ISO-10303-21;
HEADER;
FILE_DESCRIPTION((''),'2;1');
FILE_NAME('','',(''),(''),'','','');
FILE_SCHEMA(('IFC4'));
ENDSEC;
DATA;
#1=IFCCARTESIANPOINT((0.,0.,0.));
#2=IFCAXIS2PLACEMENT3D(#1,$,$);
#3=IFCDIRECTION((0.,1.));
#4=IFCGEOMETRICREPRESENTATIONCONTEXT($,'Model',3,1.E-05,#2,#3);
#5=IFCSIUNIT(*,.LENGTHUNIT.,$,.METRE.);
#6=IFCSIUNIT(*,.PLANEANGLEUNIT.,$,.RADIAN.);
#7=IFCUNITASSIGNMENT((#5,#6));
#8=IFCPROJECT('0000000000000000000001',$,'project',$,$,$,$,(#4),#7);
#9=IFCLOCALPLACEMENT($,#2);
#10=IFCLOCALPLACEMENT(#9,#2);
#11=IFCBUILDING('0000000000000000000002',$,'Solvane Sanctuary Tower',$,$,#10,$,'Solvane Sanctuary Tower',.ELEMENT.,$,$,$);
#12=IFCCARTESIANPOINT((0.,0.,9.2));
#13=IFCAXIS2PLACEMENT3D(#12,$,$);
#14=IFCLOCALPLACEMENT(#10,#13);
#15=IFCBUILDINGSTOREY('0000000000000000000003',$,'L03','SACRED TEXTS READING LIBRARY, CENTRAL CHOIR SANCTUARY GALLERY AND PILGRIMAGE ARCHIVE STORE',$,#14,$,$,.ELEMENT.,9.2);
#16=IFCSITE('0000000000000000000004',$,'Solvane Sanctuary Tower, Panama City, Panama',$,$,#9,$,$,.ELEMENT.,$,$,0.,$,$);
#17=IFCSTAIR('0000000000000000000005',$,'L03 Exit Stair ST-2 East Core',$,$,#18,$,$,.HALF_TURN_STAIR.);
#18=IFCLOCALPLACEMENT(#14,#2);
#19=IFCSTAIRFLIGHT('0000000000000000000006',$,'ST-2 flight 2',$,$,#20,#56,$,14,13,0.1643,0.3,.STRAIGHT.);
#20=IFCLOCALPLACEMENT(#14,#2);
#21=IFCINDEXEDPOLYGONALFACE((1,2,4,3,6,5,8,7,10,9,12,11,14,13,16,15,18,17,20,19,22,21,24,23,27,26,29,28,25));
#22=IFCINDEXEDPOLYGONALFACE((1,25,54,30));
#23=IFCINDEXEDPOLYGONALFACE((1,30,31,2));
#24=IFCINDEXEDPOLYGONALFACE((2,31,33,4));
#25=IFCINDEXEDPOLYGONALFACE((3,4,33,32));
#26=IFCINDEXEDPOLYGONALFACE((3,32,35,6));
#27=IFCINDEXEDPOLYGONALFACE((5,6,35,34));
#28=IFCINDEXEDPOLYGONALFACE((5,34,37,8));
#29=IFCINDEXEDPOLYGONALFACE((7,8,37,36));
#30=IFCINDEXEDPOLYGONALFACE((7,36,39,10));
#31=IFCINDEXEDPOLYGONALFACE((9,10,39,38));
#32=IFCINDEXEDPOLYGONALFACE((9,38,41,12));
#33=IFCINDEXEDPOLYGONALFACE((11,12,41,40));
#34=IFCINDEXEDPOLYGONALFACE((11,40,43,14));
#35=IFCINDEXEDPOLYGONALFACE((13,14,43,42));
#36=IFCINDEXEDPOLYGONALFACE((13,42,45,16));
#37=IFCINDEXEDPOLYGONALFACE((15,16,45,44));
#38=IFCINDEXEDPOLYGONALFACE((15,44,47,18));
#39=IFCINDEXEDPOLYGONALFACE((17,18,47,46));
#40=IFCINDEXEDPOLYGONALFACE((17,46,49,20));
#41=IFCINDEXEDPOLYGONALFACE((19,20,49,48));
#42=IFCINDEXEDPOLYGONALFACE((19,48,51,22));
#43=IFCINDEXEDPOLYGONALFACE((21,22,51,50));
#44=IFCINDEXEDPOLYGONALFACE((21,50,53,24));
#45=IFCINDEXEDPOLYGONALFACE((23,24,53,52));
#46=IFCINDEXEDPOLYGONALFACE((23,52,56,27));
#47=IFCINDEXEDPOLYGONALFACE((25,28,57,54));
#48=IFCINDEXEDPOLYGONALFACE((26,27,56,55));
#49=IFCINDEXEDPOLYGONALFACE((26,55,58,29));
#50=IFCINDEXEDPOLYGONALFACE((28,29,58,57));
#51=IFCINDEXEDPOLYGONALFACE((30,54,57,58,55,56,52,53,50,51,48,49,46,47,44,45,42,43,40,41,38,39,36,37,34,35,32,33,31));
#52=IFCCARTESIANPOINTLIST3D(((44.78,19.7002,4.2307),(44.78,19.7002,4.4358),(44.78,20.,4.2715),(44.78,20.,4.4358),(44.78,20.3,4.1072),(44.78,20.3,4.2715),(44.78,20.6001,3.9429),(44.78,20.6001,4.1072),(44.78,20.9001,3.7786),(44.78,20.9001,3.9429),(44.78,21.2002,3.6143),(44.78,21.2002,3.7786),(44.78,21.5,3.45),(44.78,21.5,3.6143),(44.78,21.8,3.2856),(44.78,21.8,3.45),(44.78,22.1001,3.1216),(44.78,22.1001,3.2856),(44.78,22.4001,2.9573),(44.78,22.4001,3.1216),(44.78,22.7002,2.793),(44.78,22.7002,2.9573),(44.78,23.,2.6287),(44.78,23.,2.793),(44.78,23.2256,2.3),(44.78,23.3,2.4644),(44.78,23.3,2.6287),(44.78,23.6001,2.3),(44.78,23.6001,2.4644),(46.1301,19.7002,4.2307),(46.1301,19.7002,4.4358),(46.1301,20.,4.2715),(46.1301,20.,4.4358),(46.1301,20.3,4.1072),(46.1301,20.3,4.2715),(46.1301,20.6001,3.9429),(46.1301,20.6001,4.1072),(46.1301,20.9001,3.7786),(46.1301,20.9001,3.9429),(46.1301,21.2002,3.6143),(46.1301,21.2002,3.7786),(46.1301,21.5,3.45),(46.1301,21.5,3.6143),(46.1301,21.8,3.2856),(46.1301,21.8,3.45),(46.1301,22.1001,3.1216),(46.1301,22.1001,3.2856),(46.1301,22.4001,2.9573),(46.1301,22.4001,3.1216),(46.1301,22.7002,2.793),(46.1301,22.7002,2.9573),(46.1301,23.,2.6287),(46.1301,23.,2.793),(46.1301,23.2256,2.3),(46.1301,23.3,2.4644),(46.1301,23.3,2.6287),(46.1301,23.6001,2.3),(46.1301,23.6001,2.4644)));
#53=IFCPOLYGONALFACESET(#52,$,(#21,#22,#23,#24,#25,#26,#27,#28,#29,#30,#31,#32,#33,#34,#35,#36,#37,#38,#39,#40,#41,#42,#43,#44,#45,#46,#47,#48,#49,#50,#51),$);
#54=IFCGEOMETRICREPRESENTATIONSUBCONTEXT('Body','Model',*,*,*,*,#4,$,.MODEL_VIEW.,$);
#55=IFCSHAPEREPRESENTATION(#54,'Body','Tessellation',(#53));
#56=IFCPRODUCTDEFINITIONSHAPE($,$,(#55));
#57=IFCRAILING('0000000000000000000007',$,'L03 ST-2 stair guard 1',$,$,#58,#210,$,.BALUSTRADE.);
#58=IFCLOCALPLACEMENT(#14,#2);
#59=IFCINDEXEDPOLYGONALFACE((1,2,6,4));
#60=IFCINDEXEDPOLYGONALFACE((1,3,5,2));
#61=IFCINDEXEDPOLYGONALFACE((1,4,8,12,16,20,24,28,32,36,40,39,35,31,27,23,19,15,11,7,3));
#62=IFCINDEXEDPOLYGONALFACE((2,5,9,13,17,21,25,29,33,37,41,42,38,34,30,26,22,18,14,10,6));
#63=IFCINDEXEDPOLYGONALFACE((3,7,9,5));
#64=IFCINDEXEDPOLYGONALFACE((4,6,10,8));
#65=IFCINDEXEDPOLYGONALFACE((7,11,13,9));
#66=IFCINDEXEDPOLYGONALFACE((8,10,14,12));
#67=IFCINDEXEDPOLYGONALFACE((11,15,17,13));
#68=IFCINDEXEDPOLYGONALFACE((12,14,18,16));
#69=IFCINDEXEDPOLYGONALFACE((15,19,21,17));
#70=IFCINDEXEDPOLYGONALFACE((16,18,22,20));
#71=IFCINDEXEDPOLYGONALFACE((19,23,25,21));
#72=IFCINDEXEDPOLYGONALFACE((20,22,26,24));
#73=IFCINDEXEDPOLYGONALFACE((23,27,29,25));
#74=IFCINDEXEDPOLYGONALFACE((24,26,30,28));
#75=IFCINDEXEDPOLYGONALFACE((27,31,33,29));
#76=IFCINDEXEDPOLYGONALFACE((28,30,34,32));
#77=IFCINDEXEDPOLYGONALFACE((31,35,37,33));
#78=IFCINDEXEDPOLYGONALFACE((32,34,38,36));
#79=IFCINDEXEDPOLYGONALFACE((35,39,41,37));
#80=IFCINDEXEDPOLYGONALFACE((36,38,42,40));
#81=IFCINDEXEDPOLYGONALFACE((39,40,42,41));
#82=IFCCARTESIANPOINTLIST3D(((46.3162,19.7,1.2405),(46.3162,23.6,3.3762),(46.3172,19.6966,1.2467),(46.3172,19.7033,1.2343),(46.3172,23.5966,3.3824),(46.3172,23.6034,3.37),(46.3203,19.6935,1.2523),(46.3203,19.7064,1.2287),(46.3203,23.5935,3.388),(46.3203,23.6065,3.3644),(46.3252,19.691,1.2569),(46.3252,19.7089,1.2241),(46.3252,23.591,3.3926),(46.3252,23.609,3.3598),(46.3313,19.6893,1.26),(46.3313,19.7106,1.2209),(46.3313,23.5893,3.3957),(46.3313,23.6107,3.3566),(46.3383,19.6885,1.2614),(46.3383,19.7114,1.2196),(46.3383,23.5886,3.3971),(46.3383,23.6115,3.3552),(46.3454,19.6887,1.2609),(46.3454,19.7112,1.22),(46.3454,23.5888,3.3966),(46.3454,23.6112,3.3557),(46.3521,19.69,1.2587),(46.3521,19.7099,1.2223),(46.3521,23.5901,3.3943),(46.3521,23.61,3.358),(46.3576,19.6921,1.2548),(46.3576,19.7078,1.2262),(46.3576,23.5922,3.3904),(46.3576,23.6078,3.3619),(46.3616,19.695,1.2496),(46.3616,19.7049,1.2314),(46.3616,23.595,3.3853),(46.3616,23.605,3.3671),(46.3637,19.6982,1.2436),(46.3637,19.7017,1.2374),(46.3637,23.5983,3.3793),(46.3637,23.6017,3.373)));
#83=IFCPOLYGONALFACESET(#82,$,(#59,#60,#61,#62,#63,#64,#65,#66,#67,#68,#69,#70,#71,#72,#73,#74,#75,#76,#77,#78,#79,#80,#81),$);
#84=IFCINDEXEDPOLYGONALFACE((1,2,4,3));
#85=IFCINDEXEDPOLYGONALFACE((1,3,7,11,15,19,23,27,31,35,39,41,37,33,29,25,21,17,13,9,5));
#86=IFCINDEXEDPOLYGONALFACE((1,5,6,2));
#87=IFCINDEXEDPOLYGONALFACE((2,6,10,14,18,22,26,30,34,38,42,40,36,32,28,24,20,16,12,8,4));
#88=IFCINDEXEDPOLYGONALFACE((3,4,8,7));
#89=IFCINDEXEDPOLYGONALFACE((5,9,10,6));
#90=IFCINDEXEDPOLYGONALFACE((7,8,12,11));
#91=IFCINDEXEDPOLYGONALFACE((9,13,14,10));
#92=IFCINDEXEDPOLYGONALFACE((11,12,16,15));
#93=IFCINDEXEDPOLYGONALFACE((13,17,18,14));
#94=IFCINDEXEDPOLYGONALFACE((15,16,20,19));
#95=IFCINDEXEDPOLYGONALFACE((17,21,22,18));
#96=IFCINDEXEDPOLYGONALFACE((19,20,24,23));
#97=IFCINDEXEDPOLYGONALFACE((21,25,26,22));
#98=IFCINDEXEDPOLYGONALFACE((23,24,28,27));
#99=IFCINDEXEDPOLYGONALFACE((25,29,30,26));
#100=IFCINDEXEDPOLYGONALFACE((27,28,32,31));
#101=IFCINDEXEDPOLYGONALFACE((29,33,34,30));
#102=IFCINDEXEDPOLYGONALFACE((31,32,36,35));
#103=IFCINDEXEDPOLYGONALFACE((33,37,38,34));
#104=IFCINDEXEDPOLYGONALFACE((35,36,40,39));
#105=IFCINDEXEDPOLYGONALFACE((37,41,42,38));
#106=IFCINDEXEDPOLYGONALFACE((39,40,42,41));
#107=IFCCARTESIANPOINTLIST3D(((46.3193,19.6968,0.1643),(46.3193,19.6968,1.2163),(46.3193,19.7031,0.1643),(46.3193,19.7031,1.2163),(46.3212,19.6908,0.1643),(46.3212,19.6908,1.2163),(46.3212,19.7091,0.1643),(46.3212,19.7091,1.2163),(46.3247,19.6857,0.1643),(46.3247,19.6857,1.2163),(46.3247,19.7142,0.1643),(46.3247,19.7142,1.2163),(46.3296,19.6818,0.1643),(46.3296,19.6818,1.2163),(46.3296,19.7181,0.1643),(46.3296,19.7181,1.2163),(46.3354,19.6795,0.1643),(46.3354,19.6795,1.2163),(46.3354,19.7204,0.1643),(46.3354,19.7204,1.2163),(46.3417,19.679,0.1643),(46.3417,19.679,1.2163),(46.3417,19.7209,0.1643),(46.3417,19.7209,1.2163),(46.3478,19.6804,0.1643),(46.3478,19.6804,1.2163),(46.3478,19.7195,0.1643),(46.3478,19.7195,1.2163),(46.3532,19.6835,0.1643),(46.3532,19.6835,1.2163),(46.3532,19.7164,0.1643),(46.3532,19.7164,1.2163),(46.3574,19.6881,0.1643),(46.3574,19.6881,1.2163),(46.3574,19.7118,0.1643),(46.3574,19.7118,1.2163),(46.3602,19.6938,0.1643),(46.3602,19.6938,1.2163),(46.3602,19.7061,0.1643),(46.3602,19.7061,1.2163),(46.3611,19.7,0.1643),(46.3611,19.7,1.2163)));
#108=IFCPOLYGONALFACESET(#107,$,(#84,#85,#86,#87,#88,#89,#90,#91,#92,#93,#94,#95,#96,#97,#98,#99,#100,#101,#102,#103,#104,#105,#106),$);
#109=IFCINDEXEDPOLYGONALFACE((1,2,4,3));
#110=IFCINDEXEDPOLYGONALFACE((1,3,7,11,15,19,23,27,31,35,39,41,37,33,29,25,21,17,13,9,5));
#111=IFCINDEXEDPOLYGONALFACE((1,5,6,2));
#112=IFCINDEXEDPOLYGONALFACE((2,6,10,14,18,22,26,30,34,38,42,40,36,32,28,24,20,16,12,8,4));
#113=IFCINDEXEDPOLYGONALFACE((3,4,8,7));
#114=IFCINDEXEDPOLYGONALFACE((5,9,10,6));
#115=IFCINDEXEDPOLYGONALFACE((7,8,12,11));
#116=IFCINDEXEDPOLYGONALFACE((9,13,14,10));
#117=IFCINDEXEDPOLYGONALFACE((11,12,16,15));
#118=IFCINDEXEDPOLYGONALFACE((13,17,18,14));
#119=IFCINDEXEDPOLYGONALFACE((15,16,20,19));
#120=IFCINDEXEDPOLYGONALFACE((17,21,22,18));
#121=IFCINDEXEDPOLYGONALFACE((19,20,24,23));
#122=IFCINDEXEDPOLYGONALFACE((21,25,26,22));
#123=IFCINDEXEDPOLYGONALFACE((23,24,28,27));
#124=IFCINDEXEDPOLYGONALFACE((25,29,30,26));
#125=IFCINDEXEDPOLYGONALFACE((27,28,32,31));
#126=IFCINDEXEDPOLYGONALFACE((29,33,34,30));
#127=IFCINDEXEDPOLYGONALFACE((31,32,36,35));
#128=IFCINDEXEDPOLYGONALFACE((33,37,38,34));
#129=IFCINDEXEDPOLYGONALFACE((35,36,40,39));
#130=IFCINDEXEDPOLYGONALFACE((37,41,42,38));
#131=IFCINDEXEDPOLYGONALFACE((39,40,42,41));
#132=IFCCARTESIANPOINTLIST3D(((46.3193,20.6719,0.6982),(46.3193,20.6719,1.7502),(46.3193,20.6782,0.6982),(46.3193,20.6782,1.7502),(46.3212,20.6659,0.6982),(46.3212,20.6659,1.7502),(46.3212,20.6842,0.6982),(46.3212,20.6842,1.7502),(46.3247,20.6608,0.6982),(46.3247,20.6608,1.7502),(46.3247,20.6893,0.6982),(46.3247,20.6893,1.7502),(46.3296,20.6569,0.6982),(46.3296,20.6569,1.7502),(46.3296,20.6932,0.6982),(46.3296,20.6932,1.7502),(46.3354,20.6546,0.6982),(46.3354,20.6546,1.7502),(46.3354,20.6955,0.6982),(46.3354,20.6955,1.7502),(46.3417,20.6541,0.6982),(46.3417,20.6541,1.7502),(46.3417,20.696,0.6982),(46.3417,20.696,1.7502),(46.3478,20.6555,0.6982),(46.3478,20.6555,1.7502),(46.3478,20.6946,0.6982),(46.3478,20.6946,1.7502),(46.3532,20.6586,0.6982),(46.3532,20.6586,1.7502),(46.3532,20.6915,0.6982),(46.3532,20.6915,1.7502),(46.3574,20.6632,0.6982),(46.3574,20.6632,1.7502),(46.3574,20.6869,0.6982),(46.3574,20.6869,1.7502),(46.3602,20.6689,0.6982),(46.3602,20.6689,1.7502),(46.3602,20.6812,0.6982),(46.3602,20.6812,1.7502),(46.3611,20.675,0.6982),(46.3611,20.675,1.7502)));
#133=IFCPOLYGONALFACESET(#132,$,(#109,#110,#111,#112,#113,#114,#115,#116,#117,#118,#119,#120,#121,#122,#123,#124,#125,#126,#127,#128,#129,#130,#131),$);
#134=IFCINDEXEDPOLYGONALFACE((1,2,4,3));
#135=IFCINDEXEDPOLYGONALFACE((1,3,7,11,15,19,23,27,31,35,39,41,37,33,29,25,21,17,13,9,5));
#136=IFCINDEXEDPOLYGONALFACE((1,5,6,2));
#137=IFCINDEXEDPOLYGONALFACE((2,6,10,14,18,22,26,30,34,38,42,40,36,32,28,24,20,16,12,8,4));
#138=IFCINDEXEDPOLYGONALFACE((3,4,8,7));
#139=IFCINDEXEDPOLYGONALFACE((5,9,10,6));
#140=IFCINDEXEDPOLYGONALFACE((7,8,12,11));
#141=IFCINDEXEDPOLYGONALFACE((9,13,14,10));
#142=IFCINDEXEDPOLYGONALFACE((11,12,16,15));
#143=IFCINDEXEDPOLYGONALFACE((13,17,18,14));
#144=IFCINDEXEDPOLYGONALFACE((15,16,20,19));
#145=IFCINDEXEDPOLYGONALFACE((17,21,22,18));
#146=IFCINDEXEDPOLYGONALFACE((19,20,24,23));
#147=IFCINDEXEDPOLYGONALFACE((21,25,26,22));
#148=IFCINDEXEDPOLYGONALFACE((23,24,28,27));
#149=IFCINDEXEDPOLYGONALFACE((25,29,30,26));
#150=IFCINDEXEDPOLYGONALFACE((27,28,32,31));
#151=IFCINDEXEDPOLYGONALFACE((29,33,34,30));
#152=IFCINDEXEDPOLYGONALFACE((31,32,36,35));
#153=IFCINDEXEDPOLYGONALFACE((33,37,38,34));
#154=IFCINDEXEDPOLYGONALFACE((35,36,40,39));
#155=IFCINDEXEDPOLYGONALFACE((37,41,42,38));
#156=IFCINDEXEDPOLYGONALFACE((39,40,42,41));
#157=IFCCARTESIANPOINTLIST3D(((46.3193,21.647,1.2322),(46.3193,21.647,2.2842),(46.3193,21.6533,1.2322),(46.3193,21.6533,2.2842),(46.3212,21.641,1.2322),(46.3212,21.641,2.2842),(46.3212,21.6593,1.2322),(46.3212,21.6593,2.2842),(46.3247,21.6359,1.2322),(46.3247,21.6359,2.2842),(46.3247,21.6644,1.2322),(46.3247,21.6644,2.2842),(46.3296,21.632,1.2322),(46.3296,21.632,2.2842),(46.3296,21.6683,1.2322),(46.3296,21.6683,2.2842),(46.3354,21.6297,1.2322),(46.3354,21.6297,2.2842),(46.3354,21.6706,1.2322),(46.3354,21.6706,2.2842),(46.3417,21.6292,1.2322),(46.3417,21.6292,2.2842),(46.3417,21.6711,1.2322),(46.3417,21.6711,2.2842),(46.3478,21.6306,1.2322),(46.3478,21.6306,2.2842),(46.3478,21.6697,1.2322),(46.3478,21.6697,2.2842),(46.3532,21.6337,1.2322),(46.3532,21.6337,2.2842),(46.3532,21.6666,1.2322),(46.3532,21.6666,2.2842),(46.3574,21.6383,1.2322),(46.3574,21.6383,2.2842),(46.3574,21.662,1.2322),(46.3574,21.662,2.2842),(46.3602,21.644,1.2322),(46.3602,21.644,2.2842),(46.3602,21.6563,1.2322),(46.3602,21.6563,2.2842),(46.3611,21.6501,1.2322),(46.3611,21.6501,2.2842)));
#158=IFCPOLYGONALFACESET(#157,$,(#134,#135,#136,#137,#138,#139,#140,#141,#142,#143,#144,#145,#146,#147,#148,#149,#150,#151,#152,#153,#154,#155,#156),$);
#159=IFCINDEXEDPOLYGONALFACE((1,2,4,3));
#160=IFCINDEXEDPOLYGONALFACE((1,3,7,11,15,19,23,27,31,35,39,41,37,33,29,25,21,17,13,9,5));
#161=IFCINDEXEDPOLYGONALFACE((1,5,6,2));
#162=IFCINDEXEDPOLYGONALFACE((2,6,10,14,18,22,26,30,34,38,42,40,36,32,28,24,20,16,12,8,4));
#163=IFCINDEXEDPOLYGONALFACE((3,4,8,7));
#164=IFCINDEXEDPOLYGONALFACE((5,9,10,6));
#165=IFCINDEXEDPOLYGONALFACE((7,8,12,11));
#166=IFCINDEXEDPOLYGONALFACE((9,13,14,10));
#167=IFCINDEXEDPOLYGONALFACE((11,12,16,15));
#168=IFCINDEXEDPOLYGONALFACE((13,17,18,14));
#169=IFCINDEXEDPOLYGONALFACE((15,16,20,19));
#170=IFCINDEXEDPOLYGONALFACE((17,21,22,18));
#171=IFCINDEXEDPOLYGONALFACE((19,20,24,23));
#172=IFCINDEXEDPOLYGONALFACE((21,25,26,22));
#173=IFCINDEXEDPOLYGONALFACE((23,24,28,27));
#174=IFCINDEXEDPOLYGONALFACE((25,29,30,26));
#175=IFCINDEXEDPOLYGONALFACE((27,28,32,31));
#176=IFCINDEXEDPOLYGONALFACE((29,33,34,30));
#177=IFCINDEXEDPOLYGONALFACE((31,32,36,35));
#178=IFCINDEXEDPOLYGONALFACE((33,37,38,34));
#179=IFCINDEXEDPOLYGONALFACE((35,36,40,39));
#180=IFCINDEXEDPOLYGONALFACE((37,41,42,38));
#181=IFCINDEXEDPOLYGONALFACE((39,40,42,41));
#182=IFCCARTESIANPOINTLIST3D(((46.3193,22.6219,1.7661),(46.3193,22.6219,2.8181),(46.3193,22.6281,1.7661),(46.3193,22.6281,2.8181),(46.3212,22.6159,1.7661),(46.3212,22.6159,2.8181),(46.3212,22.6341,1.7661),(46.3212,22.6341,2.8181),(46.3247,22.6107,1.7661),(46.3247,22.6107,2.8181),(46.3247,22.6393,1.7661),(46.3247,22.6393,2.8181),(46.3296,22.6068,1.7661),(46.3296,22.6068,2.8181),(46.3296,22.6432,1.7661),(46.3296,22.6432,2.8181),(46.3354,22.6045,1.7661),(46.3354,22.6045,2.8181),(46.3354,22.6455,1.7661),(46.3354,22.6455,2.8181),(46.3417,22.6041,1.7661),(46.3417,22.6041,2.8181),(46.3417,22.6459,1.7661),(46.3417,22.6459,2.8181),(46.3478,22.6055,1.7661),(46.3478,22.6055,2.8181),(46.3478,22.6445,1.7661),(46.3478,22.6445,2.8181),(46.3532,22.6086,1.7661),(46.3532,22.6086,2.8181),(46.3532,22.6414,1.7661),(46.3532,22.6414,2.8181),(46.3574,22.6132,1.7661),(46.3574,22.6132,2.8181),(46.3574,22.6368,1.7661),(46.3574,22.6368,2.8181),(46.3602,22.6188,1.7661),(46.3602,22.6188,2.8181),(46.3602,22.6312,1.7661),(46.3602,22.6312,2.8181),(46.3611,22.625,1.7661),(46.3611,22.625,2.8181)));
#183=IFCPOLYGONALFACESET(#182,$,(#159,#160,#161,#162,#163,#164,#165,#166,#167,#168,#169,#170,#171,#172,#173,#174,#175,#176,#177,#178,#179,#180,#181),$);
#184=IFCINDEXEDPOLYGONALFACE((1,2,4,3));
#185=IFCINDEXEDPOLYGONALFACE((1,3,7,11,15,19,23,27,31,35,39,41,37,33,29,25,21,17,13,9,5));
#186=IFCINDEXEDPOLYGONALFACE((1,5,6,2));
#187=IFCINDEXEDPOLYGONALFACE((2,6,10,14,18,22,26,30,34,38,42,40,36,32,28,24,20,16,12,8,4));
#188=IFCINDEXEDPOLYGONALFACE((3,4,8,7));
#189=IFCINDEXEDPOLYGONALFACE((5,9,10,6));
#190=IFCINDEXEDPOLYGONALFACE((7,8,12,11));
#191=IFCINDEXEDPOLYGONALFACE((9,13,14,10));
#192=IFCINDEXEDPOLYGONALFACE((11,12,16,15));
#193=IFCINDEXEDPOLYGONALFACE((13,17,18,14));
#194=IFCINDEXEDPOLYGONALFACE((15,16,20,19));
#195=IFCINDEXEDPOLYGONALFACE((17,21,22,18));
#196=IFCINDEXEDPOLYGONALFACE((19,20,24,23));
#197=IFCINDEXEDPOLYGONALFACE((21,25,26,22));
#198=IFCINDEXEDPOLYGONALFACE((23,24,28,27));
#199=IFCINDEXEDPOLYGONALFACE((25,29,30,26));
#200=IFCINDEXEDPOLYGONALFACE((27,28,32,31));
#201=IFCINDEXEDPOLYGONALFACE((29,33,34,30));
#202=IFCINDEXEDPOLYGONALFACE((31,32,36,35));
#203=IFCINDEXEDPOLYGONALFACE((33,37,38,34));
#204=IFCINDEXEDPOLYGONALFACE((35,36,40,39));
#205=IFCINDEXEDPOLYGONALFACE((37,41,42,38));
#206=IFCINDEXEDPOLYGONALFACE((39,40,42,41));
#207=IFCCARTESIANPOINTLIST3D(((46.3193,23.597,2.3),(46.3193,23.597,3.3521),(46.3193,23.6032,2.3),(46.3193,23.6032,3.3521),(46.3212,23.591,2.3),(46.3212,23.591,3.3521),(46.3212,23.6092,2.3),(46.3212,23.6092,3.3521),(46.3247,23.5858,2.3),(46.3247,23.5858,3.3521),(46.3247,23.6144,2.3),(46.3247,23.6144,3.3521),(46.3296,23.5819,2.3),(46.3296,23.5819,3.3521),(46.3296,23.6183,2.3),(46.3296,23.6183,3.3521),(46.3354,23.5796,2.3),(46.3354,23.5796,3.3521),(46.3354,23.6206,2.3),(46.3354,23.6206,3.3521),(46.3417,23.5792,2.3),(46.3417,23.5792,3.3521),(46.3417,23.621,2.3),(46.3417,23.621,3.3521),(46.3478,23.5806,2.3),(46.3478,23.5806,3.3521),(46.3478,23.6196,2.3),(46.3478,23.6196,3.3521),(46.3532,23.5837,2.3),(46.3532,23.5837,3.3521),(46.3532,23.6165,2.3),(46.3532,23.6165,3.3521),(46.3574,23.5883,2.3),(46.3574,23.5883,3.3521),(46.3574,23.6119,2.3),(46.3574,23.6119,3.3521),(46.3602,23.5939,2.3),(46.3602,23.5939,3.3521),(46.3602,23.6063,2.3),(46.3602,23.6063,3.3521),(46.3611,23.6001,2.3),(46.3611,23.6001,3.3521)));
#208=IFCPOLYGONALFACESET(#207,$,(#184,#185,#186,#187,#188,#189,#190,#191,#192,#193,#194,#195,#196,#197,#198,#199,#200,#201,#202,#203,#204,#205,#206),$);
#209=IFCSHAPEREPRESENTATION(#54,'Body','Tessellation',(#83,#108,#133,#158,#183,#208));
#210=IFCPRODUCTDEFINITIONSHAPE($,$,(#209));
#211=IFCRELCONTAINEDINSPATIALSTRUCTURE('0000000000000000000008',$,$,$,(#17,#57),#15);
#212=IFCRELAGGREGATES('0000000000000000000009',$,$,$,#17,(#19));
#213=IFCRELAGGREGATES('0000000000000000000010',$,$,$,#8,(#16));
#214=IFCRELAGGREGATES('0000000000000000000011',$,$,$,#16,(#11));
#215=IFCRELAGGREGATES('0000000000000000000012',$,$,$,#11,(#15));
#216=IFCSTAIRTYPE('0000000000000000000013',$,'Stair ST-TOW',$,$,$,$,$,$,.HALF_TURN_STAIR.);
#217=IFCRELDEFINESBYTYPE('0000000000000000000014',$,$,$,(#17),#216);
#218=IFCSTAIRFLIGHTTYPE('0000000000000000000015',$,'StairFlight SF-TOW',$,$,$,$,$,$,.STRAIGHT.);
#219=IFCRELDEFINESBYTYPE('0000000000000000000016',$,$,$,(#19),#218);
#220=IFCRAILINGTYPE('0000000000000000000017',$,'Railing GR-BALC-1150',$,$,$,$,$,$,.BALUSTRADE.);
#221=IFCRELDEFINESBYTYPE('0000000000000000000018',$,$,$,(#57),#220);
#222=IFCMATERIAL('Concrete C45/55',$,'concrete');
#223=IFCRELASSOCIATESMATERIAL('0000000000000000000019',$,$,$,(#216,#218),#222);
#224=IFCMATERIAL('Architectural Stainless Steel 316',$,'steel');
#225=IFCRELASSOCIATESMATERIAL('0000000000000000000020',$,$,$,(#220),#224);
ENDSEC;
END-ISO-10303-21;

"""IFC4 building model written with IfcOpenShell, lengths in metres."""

from ifc_helpers import new_model, si_unit, direction, frame, origin, origin_2d, place, context, subcontext, project, spatial, polyline, circle, outline, extrude, material, type_object, element, aggregate, save


model = new_model("IFC4")

# Units and contexts
model_context = context("Model", 3, precision=1e-05, world=origin(), true_north=direction((0.0, 1.0)))
body_context = subcontext(model_context, "Body", "Model", "MODEL_VIEW")
ifc_project = project(units=[si_unit("LENGTHUNIT", "METRE"), si_unit("PLANEANGLEUNIT", "RADIAN")], contexts=[model_context])

# Site, building, storey
site_placement = place(None, origin())
site = spatial("IfcSite", under=ifc_project, at=site_placement, Name="Solvane Sanctuary Tower, Panama City, Panama", CompositionType="ELEMENT", RefElevation=0.0)
building_placement = place(site_placement, origin())
building = spatial("IfcBuilding", under=site, at=building_placement, Name="Solvane Sanctuary Tower", LongName="Solvane Sanctuary Tower", CompositionType="ELEMENT")
storey_placement = place(building_placement, frame((0.0, 0.0, 9.2)))
storey = spatial("IfcBuildingStorey", under=building, at=storey_placement, Name="L03", Description="SACRED TEXTS READING LIBRARY, CENTRAL CHOIR SANCTUARY GALLERY AND PILGRIMAGE ARCHIVE STORE", CompositionType="ELEMENT", Elevation=9.2)

# Stair, stair flight
ifc_material_1 = material(Name="Concrete C45/55", Category="concrete")
stair_type = type_object("IfcStairType", Name="Stair ST-TOW", PredefinedType="HALF_TURN_STAIR", material=ifc_material_1)
stair_placement = place(storey_placement, origin())
stair = element("IfcStair", 1, at=stair_placement, inside=storey, type_object=stair_type, Name="L03 Exit Stair ST-2 East Core", PredefinedType="HALF_TURN_STAIR")
stair_flight_type = type_object("IfcStairFlightType", Name="StairFlight SF-TOW", PredefinedType="STRAIGHT", material=ifc_material_1)
stair_flight_1_placement = place(storey_placement, frame((45.4551, 23.6001, 2.3), z_axis=(0.0, 0.0, 1.0), x_axis=(0.0, -1.0, 0.0)))
stair_flight_1 = element("IfcStairFlight", 2, at=stair_flight_1_placement, type_object=stair_flight_type, Name="ST-2 flight 2", NumberOfRisers=14, NumberOfTreads=13, PredefinedType="STRAIGHT", RiserHeight=0.1643, TreadLength=0.3, context=body_context, shape_type="SweptSolid", body=[
    extrude(outline(polyline([(0.0, 0.0), (0.0, 0.1643), (0.3, 0.1643), (0.3, 0.3286), (0.6001, 0.3286), (0.6001, 0.4929), (0.8999, 0.4929), (0.8999, 0.6572), (1.2, 0.6572), (1.2, 0.8215), (1.5, 0.8215), (1.5, 0.9856), (1.8, 0.9856), (1.8, 1.1499), (2.1001, 1.1499), (2.1001, 1.3142), (2.3999, 1.3142), (2.3999, 1.4785), (2.7, 1.4785), (2.7, 1.6428), (3.0, 1.6428), (3.0, 1.8071), (3.3, 1.8071), (3.3, 1.9714), (3.6001, 1.9714), (3.6001, 2.1357), (3.8999, 2.1357), (3.8999, 2.3), (3.8999, 1.9307), (0.3745, 0.0), (0.0, 0.0)])), frame((0.0, 0.675, 0.0), z_axis=(0.0, -1.0, 0.0), x_axis=(1.0, 0.0, 0.0)), (0.0, 0.0, 1.0), 1.3501),
])
aggregate(stair, [stair_flight_1])

# Railing
ifc_material_2 = material(Name="Architectural Stainless Steel 316", Category="steel")
railing_type_1 = type_object("IfcRailingType", Name="Railing GR-BALC-1150", PredefinedType="BALUSTRADE", material=ifc_material_2)
railing_1_placement = place(storey_placement, frame((46.3401, 19.7, 0.1643)))
element("IfcRailing", 3, at=railing_1_placement, inside=storey, type_object=railing_type_1, Name="L03 ST-2 stair guard 1", PredefinedType="BALUSTRADE", context=body_context, shape_type="SweptSolid", body=[
    extrude(circle(Radius=0.0239, at=origin_2d()), frame((0.0, 0.0, 1.0762), z_axis=(0.0, 0.877101, 0.480306), x_axis=(-1.0, 0.0, 0.0)), (0.0, 0.0, 1.0), 4.4465),
    extrude(circle(Radius=0.021, at=origin_2d()), origin(), (0.0, 0.0, 1.0), 1.052),
    extrude(circle(Radius=0.021, at=origin_2d()), frame((0.0, 0.9751, 0.5339)), (0.0, 0.0, 1.0), 1.052),
    extrude(circle(Radius=0.021, at=origin_2d()), frame((0.0, 1.9502, 1.0679)), (0.0, 0.0, 1.0), 1.052),
    extrude(circle(Radius=0.021, at=origin_2d()), frame((0.0, 2.925, 1.6018)), (0.0, 0.0, 1.0), 1.052),
    extrude(circle(Radius=0.021, at=origin_2d()), frame((0.0, 3.9001, 2.1357)), (0.0, 0.0, 1.0), 1.052),
])

save(model, "model.ifc")
